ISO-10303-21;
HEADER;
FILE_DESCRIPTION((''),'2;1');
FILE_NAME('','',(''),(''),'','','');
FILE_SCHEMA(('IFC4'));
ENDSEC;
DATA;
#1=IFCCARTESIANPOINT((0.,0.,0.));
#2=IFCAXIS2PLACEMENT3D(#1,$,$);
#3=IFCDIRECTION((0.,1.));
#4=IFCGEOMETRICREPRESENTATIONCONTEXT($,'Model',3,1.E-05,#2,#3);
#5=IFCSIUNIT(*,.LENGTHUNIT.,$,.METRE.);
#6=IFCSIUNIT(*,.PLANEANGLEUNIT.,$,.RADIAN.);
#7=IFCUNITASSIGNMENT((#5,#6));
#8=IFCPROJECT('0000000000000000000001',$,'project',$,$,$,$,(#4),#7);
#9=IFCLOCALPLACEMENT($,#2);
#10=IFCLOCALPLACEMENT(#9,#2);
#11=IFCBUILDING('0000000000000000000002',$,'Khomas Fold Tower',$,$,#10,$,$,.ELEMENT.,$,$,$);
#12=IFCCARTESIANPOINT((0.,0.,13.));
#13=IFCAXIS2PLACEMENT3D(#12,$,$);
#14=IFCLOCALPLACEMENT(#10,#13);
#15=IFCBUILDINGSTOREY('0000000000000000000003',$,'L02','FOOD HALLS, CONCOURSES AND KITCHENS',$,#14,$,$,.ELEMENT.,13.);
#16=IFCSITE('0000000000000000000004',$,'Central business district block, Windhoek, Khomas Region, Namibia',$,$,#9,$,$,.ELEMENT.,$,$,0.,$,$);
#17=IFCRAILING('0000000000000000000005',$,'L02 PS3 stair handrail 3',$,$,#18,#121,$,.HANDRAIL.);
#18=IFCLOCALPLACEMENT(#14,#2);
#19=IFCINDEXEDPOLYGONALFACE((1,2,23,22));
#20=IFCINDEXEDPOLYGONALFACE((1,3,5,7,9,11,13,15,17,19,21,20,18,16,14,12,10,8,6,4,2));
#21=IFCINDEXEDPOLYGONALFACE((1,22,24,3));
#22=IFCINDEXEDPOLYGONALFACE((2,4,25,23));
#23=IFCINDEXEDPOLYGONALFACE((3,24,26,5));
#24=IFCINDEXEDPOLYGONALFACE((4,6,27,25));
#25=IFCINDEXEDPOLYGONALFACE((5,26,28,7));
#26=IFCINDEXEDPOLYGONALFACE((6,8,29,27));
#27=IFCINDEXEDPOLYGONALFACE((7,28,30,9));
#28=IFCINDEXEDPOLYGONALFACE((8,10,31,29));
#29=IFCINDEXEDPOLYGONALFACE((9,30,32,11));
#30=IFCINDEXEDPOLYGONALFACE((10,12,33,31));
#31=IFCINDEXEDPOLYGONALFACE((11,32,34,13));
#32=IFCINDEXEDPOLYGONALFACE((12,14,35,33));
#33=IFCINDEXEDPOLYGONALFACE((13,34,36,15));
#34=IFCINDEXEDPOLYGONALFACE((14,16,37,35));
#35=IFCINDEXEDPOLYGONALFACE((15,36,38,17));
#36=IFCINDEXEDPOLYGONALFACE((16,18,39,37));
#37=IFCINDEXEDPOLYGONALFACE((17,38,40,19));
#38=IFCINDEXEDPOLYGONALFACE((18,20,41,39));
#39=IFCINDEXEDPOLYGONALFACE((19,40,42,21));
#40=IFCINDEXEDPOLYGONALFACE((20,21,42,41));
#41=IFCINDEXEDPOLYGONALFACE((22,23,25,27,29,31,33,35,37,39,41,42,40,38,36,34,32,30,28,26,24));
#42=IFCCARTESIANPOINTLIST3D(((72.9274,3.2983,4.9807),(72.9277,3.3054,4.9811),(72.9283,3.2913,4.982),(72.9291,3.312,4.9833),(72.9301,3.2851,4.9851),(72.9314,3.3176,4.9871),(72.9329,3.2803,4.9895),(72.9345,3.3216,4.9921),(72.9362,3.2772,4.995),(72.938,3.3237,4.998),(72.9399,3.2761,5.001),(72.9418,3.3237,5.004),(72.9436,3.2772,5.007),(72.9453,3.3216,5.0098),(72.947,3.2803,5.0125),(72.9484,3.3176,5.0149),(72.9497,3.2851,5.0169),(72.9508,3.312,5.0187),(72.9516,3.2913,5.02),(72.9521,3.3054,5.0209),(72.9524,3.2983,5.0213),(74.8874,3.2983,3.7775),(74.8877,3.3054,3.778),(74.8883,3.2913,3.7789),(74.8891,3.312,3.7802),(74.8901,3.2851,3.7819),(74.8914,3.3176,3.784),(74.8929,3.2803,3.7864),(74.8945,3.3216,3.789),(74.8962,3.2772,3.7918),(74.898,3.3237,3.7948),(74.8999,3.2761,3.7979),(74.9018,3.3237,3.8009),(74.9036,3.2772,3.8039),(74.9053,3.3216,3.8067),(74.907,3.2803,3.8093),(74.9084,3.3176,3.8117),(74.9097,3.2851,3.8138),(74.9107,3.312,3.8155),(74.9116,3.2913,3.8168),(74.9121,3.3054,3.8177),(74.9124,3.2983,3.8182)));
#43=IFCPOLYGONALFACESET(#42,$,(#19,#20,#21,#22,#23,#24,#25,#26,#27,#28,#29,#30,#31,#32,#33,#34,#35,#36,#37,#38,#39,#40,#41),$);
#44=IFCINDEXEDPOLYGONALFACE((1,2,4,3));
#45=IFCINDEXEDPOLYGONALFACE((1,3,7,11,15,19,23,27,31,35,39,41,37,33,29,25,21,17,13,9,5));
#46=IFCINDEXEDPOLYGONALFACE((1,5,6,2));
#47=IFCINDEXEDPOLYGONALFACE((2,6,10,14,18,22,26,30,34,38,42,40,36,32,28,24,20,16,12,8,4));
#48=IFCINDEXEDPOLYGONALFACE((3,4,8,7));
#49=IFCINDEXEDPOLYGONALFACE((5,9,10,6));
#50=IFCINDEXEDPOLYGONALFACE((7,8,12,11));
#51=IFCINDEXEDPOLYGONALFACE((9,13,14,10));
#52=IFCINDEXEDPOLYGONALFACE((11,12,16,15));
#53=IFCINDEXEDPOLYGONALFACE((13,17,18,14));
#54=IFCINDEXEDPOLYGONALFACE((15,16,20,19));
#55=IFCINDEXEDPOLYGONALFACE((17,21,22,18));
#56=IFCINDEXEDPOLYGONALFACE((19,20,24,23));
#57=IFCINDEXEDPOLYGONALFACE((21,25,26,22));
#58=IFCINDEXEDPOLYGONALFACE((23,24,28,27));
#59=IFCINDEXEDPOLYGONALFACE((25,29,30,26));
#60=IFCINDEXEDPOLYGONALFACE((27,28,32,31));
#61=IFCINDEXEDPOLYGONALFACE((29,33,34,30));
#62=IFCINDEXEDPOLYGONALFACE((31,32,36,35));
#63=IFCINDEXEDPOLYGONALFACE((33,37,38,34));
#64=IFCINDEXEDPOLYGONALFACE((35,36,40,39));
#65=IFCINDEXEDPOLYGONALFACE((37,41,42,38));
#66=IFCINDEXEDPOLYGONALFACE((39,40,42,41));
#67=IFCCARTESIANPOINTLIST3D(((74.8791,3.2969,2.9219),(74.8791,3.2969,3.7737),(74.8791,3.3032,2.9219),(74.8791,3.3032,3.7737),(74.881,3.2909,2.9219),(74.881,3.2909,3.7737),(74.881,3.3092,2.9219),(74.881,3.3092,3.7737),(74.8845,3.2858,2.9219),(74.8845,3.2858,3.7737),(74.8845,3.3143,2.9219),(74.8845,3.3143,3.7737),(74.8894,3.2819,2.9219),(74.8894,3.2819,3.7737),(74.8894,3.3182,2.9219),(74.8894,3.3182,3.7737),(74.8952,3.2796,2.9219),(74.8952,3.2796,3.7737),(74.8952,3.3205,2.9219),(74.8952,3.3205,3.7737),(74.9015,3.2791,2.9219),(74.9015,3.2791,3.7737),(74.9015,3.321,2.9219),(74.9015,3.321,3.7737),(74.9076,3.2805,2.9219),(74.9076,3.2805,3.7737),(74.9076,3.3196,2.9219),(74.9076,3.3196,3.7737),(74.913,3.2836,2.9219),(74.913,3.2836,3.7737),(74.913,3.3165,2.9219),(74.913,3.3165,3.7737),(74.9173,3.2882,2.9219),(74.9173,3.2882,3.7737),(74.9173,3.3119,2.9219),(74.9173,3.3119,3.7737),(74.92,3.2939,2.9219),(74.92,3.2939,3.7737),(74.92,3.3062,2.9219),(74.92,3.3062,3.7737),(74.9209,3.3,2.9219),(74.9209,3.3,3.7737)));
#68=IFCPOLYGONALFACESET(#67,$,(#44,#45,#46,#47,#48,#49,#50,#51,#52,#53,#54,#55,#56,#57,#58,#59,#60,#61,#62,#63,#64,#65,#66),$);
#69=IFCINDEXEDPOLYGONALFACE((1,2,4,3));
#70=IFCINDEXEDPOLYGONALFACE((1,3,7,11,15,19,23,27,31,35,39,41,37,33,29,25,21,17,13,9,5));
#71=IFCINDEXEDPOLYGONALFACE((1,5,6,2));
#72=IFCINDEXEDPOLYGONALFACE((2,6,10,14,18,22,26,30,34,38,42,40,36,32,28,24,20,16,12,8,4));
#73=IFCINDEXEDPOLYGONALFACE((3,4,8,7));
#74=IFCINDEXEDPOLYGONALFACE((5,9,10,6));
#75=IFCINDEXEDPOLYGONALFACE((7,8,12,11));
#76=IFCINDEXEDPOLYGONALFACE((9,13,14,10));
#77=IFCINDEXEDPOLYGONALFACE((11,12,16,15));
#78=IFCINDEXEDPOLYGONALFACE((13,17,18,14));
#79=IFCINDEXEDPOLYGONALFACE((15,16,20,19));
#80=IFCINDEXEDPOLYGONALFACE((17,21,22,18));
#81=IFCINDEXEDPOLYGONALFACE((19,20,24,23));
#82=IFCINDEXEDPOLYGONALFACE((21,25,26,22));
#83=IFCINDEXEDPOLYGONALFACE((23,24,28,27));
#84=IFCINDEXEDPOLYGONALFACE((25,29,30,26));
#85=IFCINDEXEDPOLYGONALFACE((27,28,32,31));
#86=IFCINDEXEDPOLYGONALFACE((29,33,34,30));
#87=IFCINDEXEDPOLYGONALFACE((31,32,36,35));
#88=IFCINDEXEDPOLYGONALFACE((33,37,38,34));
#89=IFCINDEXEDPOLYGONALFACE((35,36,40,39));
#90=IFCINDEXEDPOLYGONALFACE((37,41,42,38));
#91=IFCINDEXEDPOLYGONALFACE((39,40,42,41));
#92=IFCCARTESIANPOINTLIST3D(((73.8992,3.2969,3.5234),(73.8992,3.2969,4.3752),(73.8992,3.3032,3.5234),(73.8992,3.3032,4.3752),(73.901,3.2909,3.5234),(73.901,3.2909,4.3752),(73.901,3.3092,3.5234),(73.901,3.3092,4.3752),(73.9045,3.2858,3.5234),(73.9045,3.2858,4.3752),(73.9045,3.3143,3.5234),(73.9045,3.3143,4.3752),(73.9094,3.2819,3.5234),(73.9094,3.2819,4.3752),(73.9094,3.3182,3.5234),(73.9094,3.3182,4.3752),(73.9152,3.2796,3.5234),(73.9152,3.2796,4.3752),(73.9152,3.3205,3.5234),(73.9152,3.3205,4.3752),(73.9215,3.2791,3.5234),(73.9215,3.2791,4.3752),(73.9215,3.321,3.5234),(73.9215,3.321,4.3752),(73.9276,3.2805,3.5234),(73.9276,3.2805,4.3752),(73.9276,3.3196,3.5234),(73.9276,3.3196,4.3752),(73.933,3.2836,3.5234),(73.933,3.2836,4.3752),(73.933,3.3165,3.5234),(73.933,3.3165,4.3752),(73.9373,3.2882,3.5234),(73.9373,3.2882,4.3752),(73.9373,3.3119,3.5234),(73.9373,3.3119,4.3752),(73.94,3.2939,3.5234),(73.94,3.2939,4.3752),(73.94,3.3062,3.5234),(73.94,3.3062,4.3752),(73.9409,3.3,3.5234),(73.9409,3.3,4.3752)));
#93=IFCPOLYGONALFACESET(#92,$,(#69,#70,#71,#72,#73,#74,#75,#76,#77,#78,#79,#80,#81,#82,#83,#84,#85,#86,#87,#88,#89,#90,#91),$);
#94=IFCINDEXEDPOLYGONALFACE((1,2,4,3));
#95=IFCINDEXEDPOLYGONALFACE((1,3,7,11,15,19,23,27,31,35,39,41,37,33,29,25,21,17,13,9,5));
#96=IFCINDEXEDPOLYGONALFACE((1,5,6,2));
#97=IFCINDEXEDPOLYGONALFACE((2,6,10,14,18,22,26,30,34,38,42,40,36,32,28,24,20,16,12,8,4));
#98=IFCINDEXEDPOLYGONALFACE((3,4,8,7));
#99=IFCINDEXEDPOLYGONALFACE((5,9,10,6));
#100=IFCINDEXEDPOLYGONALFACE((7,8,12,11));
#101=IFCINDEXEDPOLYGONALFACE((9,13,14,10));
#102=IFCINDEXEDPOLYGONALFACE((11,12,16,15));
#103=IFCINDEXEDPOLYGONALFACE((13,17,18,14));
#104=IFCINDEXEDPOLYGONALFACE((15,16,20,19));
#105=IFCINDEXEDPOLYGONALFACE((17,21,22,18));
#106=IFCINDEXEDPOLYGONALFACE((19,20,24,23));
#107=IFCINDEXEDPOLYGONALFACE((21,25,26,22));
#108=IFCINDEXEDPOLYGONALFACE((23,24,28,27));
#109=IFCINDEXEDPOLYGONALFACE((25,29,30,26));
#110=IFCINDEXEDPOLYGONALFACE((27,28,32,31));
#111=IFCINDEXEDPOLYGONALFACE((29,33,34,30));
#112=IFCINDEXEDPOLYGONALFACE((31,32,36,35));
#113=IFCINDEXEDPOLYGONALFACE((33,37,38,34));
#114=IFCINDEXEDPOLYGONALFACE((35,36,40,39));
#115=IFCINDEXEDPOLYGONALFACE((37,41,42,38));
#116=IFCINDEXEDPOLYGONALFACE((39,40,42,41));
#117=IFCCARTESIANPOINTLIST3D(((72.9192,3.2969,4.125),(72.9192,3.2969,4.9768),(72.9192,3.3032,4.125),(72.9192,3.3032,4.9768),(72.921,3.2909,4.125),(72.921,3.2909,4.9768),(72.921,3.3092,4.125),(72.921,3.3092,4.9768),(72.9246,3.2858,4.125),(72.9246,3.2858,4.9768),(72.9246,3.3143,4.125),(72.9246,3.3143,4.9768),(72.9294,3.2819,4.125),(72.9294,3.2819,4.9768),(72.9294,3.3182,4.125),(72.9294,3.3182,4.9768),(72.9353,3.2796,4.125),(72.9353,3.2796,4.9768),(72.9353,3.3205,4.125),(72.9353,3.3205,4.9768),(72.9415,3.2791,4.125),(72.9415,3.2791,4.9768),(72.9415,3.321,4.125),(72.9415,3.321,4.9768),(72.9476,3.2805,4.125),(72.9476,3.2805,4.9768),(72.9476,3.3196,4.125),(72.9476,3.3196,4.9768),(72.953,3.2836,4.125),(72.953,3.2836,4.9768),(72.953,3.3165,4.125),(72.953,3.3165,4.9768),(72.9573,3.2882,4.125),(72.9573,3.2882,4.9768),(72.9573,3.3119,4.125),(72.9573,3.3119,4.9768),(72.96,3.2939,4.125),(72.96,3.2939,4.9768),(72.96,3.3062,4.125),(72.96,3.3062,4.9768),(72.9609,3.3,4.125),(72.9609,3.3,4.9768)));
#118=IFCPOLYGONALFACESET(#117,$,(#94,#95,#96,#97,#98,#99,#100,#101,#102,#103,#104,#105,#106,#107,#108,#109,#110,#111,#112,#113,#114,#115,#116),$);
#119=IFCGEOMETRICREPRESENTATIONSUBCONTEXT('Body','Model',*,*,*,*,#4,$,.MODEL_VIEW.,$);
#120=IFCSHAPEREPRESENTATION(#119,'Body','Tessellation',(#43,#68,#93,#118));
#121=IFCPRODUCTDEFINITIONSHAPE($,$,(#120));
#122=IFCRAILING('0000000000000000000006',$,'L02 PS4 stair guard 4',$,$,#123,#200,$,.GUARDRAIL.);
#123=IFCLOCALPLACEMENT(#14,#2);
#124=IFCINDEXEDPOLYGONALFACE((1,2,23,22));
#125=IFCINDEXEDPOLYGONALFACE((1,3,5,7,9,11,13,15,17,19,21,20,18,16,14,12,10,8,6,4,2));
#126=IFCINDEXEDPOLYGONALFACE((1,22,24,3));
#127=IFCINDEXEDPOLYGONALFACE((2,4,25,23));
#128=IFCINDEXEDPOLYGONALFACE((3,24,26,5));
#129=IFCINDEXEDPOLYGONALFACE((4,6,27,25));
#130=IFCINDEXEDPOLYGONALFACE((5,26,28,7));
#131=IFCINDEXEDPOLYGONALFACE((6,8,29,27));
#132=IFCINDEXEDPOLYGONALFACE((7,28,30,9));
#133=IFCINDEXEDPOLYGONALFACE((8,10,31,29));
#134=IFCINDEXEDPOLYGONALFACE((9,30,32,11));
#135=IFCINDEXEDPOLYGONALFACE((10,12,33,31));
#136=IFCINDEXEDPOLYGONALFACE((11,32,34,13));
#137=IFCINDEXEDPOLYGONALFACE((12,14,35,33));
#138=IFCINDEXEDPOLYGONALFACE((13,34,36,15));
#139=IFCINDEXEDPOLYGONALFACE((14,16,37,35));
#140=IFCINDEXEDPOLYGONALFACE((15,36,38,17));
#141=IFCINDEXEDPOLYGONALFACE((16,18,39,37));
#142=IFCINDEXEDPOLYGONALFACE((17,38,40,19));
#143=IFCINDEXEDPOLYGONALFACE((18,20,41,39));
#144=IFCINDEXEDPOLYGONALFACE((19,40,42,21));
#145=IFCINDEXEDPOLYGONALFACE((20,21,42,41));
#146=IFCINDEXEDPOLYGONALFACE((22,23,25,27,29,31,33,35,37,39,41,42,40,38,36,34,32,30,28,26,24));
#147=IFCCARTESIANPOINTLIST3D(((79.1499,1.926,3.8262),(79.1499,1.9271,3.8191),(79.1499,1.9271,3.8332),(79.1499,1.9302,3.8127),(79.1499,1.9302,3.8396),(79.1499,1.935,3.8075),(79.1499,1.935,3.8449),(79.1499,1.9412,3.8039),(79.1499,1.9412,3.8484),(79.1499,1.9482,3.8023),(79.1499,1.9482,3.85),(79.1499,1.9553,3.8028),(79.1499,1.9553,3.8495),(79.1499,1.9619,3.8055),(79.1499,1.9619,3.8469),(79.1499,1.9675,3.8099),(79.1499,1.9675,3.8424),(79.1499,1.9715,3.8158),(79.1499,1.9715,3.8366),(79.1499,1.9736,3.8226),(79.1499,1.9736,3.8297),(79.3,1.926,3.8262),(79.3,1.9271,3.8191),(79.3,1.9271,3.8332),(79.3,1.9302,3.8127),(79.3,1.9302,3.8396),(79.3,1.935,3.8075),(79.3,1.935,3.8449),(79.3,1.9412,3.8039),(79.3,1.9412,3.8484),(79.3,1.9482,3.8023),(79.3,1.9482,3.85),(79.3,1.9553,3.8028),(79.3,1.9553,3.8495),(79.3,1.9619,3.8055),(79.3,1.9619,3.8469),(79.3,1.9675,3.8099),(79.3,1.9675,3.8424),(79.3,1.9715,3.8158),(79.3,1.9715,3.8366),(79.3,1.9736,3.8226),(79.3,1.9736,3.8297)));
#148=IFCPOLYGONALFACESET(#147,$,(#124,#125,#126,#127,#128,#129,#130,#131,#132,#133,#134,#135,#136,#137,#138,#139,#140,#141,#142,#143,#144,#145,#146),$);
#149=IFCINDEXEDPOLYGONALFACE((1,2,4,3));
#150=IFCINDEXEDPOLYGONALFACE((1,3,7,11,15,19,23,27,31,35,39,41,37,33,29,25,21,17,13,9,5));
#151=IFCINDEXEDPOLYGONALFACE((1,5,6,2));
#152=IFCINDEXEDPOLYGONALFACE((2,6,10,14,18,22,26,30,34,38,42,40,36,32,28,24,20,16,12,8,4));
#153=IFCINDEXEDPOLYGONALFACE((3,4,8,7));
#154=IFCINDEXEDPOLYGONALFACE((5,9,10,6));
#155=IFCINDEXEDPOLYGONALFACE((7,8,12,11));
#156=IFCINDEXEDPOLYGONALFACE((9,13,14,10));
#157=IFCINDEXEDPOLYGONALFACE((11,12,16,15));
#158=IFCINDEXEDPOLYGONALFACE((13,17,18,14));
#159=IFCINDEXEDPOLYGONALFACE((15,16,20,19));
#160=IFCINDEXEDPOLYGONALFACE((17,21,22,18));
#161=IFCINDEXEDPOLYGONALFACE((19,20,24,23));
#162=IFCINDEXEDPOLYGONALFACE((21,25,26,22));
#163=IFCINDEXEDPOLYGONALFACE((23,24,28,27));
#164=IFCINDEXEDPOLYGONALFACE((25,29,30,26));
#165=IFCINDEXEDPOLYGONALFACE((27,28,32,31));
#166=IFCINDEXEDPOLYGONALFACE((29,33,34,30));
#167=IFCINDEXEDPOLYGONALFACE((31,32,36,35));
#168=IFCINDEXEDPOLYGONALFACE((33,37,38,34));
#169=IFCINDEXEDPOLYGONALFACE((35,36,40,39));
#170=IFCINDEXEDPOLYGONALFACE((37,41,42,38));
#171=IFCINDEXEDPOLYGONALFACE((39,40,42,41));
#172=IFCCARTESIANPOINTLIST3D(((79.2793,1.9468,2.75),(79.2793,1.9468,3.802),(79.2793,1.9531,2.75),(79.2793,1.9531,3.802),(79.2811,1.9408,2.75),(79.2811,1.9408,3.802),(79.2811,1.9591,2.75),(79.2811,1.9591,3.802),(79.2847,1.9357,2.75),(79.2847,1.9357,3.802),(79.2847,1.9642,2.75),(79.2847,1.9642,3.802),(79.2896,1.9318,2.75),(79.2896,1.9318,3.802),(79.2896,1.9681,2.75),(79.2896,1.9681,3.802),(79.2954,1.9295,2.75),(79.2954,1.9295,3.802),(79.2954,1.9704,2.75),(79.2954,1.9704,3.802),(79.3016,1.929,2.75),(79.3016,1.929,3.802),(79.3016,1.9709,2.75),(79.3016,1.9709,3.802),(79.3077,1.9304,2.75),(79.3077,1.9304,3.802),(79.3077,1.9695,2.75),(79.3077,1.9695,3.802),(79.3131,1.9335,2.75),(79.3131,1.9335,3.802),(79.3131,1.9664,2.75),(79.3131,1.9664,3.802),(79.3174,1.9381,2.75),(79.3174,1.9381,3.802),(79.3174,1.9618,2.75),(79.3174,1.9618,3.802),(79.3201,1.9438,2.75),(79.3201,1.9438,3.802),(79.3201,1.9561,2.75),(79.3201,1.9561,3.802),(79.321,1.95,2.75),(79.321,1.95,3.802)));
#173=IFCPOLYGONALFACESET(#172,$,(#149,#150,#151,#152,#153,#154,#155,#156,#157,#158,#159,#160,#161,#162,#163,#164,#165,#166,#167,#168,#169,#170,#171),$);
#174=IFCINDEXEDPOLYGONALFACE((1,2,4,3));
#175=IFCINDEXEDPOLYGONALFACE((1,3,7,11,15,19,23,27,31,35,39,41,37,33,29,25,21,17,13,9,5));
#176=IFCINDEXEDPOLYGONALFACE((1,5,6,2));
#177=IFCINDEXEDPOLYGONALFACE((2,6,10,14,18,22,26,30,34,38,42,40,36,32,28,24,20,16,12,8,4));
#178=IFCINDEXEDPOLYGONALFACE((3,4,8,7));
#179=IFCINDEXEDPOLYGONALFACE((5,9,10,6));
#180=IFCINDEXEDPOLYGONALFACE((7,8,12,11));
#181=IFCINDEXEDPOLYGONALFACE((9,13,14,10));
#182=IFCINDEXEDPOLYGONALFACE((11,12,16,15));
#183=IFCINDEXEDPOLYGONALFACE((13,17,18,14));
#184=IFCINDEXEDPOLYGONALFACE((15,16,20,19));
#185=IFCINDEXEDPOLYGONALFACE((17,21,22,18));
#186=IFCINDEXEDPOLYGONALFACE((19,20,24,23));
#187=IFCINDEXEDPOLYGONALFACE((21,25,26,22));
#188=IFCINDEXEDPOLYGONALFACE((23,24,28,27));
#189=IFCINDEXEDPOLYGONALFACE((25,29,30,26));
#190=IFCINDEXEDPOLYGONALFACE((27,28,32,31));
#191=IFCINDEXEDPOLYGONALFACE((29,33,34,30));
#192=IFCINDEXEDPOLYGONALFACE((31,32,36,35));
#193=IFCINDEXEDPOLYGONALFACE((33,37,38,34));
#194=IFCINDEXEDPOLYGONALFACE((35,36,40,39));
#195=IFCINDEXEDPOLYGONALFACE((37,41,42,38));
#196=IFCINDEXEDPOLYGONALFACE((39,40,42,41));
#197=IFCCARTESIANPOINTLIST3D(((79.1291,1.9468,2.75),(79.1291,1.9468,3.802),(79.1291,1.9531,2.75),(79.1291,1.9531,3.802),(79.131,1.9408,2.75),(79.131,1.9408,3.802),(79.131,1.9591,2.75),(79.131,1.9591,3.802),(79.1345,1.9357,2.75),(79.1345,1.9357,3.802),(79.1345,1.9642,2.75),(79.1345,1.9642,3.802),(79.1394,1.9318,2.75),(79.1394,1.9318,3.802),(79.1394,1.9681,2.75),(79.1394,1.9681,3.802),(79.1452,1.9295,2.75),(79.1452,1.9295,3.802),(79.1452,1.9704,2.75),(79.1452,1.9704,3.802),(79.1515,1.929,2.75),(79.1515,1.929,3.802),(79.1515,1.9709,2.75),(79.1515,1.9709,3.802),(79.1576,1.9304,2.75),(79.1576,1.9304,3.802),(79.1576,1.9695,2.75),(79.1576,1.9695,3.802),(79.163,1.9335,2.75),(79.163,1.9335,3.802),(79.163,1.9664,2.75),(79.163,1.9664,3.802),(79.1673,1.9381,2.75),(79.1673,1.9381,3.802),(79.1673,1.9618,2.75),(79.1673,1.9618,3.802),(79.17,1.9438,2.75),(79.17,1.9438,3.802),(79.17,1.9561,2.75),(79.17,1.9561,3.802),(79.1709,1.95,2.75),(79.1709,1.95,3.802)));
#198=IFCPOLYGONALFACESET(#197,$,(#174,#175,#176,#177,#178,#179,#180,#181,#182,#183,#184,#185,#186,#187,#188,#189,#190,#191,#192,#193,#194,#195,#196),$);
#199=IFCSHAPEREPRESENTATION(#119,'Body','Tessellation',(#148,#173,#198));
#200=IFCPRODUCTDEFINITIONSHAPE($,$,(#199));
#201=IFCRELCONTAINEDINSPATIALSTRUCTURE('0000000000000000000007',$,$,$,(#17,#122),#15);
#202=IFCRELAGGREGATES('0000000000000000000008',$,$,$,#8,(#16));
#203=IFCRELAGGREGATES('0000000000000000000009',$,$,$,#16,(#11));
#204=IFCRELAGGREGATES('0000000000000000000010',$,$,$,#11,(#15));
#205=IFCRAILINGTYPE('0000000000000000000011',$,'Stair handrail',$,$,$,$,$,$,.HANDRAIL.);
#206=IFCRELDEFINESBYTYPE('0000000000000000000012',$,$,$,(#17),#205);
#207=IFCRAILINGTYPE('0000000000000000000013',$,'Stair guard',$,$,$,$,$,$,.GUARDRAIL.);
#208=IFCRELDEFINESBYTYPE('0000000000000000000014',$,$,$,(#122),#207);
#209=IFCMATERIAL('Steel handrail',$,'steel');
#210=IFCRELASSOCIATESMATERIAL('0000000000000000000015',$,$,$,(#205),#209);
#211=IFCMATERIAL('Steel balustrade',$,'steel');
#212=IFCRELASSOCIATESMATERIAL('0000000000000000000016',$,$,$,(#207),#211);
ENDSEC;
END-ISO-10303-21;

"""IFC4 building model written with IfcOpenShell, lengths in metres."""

from ifc_helpers import new_model, si_unit, direction, frame, origin, origin_2d, place, context, subcontext, project, spatial, circle, extrude, source, transform, mapped, material, type_object, element, save


model = new_model("IFC4")

# Units and contexts
model_context = context("Model", 3, precision=1e-05, world=origin(), true_north=direction((0.0, 1.0)))
body_context = subcontext(model_context, "Body", "Model", "MODEL_VIEW")
ifc_project = project(units=[si_unit("LENGTHUNIT", "METRE"), si_unit("PLANEANGLEUNIT", "RADIAN")], contexts=[model_context])

# Site, building, storey
site_placement = place(None, origin())
site = spatial("IfcSite", under=ifc_project, at=site_placement, Name="Central business district block, Windhoek, Khomas Region, Namibia", CompositionType="ELEMENT", RefElevation=0.0)
building_placement = place(site_placement, origin())
building = spatial("IfcBuilding", under=site, at=building_placement, Name="Khomas Fold Tower", CompositionType="ELEMENT")
storey_placement = place(building_placement, frame((0.0, 0.0, 13.0)))
storey = spatial("IfcBuildingStorey", under=building, at=storey_placement, Name="L02", Description="FOOD HALLS, CONCOURSES AND KITCHENS", CompositionType="ELEMENT", Elevation=13.0)

# Railings
ifc_material_1 = material(Name="Steel handrail", Category="steel")
railing_type_1 = type_object("IfcRailingType", Name="Stair handrail", PredefinedType="HANDRAIL", material=ifc_material_1)
shared_shape_1 = source(origin(), body_context, "Body", "SweptSolid", [
    extrude(circle(Radius=0.0239, at=origin_2d()), frame((0.0, 0.0, 0.876), z_axis=(-0.852241, 0.0, 0.523149), x_axis=(0.0, -1.0, 0.0)), (0.0, 0.0, 1.0), 2.2998),
    extrude(circle(Radius=0.021, at=origin_2d()), origin(), (0.0, 0.0, 1.0), 0.8518),
    extrude(circle(Radius=0.021, at=origin_2d()), frame((-0.98, 0.0, 0.6016)), (0.0, 0.0, 1.0), 0.8518),
    extrude(circle(Radius=0.021, at=origin_2d()), frame((-1.96, 0.0, 1.2031)), (0.0, 0.0, 1.0), 0.8518),
])
for number, where, name in (
    (1, (74.8999, 3.3, 2.9219), "L02 PS3 stair handrail 3"),
):
    element("IfcRailing", number, at=place(storey_placement, frame(where)), inside=storey, type_object=railing_type_1, Name=name, PredefinedType="HANDRAIL", context=body_context, shape_type="MappedRepresentation", body=[
        mapped(shared_shape_1, transform((0.0, 0.0, 0.0))),
    ])
ifc_material_2 = material(Name="Steel balustrade", Category="steel")
railing_type_2 = type_object("IfcRailingType", Name="Stair guard", PredefinedType="GUARDRAIL", material=ifc_material_2)
shared_shape_2 = source(origin(), body_context, "Body", "SweptSolid", [
    extrude(circle(Radius=0.0239, at=origin_2d()), frame((0.0, 0.0, 1.0762), z_axis=(-1.0, 0.0, 0.0), x_axis=(0.0, -1.0, 0.0)), (0.0, 0.0, 1.0), 0.1501),
    extrude(circle(Radius=0.021, at=origin_2d()), origin(), (0.0, 0.0, 1.0), 1.052),
    extrude(circle(Radius=0.021, at=origin_2d()), frame((-0.1501, 0.0, 0.0)), (0.0, 0.0, 1.0), 1.052),
])
for number, where, name in (
    (2, (79.3, 1.95, 2.75), "L02 PS4 stair guard 4"),
):
    element("IfcRailing", number, at=place(storey_placement, frame(where)), inside=storey, type_object=railing_type_2, Name=name, PredefinedType="GUARDRAIL", context=body_context, shape_type="MappedRepresentation", body=[
        mapped(shared_shape_2, transform((0.0, 0.0, 0.0))),
    ])

save(model, "model.ifc")
